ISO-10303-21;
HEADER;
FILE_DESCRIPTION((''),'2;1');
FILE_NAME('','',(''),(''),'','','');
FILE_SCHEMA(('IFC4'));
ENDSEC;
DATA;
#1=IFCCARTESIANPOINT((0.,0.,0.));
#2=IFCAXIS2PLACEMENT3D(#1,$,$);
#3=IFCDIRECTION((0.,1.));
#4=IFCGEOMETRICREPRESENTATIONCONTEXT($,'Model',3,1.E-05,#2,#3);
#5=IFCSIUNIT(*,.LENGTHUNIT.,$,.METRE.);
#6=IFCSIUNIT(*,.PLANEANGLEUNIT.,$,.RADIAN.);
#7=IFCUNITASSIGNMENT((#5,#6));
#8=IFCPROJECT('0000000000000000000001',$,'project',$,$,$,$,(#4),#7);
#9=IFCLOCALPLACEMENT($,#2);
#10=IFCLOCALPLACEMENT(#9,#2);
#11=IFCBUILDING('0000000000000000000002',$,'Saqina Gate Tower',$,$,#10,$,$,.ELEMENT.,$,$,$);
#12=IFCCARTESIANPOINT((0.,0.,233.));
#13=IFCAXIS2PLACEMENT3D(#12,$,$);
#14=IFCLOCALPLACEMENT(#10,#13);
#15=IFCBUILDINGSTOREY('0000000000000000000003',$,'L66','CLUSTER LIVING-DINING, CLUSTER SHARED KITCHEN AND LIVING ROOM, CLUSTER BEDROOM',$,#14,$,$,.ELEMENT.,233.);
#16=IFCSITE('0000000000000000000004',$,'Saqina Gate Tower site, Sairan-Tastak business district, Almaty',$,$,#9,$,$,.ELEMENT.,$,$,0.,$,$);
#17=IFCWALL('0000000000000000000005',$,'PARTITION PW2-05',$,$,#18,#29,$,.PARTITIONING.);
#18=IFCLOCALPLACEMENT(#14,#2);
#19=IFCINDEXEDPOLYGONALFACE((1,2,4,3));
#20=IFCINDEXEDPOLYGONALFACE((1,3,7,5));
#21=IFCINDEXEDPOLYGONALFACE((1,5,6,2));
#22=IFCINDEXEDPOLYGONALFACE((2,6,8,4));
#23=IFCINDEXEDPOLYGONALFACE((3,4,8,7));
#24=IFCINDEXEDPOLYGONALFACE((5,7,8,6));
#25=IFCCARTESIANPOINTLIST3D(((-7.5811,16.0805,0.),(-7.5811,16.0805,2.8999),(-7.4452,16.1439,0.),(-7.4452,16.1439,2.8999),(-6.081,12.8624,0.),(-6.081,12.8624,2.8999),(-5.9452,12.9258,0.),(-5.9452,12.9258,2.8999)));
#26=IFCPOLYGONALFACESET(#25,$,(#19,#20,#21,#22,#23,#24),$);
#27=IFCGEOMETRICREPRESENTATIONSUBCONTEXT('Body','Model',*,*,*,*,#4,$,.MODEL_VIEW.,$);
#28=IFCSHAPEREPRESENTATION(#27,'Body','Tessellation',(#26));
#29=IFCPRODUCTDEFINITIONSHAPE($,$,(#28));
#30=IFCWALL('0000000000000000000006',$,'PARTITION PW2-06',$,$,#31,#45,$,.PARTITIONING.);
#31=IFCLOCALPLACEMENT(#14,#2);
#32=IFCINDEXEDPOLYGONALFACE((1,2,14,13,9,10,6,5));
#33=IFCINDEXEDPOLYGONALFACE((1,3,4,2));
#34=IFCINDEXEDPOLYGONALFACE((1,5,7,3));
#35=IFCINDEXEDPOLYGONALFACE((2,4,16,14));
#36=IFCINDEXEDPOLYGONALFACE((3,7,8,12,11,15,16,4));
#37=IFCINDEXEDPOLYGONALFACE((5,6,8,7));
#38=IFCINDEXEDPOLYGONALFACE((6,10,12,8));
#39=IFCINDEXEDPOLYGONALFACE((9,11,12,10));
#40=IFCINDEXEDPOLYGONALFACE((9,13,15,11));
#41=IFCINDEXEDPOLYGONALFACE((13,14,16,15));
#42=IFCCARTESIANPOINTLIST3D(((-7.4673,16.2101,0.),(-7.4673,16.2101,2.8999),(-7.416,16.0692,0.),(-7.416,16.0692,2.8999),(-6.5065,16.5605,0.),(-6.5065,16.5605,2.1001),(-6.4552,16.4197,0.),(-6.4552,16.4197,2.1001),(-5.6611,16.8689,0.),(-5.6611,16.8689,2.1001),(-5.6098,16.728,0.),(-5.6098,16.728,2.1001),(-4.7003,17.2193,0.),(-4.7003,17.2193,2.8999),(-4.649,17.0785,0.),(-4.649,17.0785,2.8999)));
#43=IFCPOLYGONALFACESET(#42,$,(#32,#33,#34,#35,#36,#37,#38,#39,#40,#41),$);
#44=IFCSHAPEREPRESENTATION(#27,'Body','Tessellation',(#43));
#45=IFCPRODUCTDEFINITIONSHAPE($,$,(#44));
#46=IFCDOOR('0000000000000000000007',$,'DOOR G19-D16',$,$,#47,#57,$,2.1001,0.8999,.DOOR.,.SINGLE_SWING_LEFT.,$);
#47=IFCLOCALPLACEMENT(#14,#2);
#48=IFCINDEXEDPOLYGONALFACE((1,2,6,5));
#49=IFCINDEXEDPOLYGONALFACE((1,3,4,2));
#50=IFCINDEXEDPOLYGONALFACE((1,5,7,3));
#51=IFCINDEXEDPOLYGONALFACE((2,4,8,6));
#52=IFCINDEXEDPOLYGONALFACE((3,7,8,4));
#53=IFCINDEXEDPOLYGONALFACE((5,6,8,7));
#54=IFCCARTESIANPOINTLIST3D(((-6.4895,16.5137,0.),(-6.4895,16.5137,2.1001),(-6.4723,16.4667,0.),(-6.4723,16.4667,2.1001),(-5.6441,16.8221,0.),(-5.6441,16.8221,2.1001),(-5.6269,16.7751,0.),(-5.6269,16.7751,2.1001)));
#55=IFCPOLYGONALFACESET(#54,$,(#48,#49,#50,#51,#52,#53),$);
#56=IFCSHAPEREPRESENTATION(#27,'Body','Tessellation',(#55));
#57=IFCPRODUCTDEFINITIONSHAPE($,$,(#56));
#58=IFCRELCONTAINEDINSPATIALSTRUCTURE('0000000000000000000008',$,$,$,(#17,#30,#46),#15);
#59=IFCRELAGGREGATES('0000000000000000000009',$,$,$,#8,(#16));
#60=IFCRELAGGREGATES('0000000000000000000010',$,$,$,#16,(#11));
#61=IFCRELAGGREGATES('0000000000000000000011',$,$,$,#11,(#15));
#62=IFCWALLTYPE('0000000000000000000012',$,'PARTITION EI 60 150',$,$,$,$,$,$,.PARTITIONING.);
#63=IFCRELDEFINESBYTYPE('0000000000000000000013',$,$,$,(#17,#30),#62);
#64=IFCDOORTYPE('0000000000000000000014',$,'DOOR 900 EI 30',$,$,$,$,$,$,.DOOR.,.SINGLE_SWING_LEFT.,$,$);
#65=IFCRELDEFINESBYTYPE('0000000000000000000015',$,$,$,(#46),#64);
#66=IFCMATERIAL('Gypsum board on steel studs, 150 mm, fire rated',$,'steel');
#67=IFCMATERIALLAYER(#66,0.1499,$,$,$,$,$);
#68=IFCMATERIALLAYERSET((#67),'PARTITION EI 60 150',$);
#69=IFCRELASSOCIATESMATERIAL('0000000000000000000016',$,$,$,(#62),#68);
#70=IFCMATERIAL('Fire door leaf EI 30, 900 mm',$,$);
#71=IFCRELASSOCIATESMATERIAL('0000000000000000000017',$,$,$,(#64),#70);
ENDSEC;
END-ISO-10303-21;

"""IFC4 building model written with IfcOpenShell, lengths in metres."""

from ifc_helpers import new_model, si_unit, direction, frame, frame_2d, origin, place, context, subcontext, project, spatial, rectangle, extrude, material, layer, layer_set, type_object, element, fill, save


model = new_model("IFC4")

# Units and contexts
model_context = context("Model", 3, precision=1e-05, world=origin(), true_north=direction((0.0, 1.0)))
body_context = subcontext(model_context, "Body", "Model", "MODEL_VIEW")
ifc_project = project(units=[si_unit("LENGTHUNIT", "METRE"), si_unit("PLANEANGLEUNIT", "RADIAN")], contexts=[model_context])

# Site, building, storey
site_placement = place(None, origin())
site = spatial("IfcSite", under=ifc_project, at=site_placement, Name="Saqina Gate Tower site, Sairan-Tastak business district, Almaty", CompositionType="ELEMENT", RefElevation=0.0)
building_placement = place(site_placement, origin())
building = spatial("IfcBuilding", under=site, at=building_placement, Name="Saqina Gate Tower", CompositionType="ELEMENT")
storey_placement = place(building_placement, frame((0.0, 0.0, 233.0)))
storey = spatial("IfcBuildingStorey", under=building, at=storey_placement, Name="L66", Description="CLUSTER LIVING-DINING, CLUSTER SHARED KITCHEN AND LIVING ROOM, CLUSTER BEDROOM", CompositionType="ELEMENT", Elevation=233.0)

# Wall
ifc_material_1 = material(Name="Gypsum board on steel studs, 150 mm, fire rated", Category="steel")
ifc_layer_1 = layer(ifc_material_1, 0.1499)
ifc_layer_set_1 = layer_set([ifc_layer_1], Name="PARTITION EI 60 150")
wall_type_1 = type_object("IfcWallType", Name="PARTITION EI 60 150", PredefinedType="PARTITIONING", material=ifc_layer_set_1)
wall_1_placement = place(storey_placement, frame((-7.5132, 16.1123, 0.0), z_axis=(0.0, 0.0, 1.0), x_axis=(0.422483, -0.906371, 0.0)))
element("IfcWall", 1, at=wall_1_placement, inside=storey, type_object=wall_type_1, Name="PARTITION PW2-05", PredefinedType="PARTITIONING", context=body_context, shape_type="SweptSolid", body=[
    extrude(rectangle(XDim=3.5505, YDim=0.1499, at=frame_2d((1.7754, 0.0))), origin(), (0.0, 0.0, 1.0), 2.8999),
])

# Wall, opening, door
wall_2_placement = place(storey_placement, frame((-7.4417, 16.1396, 0.0), z_axis=(0.0, 0.0, 1.0), x_axis=(0.939459, 0.342661, 0.0)))
wall_2 = element("IfcWall", 2, at=wall_2_placement, inside=storey, type_object=wall_type_1, Name="PARTITION PW2-06", PredefinedType="PARTITIONING", context=body_context, shape_type="SweptSolid", body=[
    extrude(rectangle(XDim=2.9453, YDim=0.1499, at=frame_2d((1.4727, 0.0))), origin(), (0.0, 0.0, 1.0), 2.8999),
])
opening_1_placement = place(wall_2_placement, frame((1.0227, 0.0, 0.0)))
opening_1 = element("IfcOpeningElement", 3, at=opening_1_placement, cuts=wall_2, PredefinedType="OPENING", context=body_context, shape_type="SweptSolid", body=[
    extrude(rectangle(XDim=0.8999, YDim=2.1001, at=frame_2d((0.45, 1.05))), frame((0.0, 0.0869, 0.0), z_axis=(0.0, -1.0, 0.0), x_axis=(1.0, 0.0, 0.0)), (0.0, 0.0, 1.0), 0.1738),
])
ifc_material_2 = material(Name="Fire door leaf EI 30, 900 mm")
door_type_1 = type_object("IfcDoorType", Name="DOOR 900 EI 30", OperationType="SINGLE_SWING_LEFT", PredefinedType="DOOR", material=ifc_material_2)
door_1_placement = place(opening_1_placement, frame((0.8999, 0.0, 0.0), z_axis=(0.0, 0.0, 1.0), x_axis=(-1.0, 0.0, 0.0)))
door_1 = element("IfcDoor", 4, at=door_1_placement, inside=storey, type_object=door_type_1, Name="DOOR G19-D16", OperationType="SINGLE_SWING_LEFT", OverallHeight=2.1001, OverallWidth=0.8999, PredefinedType="DOOR", context=body_context, shape_type="SweptSolid", body=[
    extrude(rectangle(XDim=0.8999, YDim=2.1001, at=frame_2d((0.45, 1.05))), frame((0.0, 0.0249, 0.0), z_axis=(0.0, -1.0, 0.0), x_axis=(1.0, 0.0, 0.0)), (0.0, 0.0, 1.0), 0.05),
])
fill(opening_1, door_1)

save(model, "model.ifc")
